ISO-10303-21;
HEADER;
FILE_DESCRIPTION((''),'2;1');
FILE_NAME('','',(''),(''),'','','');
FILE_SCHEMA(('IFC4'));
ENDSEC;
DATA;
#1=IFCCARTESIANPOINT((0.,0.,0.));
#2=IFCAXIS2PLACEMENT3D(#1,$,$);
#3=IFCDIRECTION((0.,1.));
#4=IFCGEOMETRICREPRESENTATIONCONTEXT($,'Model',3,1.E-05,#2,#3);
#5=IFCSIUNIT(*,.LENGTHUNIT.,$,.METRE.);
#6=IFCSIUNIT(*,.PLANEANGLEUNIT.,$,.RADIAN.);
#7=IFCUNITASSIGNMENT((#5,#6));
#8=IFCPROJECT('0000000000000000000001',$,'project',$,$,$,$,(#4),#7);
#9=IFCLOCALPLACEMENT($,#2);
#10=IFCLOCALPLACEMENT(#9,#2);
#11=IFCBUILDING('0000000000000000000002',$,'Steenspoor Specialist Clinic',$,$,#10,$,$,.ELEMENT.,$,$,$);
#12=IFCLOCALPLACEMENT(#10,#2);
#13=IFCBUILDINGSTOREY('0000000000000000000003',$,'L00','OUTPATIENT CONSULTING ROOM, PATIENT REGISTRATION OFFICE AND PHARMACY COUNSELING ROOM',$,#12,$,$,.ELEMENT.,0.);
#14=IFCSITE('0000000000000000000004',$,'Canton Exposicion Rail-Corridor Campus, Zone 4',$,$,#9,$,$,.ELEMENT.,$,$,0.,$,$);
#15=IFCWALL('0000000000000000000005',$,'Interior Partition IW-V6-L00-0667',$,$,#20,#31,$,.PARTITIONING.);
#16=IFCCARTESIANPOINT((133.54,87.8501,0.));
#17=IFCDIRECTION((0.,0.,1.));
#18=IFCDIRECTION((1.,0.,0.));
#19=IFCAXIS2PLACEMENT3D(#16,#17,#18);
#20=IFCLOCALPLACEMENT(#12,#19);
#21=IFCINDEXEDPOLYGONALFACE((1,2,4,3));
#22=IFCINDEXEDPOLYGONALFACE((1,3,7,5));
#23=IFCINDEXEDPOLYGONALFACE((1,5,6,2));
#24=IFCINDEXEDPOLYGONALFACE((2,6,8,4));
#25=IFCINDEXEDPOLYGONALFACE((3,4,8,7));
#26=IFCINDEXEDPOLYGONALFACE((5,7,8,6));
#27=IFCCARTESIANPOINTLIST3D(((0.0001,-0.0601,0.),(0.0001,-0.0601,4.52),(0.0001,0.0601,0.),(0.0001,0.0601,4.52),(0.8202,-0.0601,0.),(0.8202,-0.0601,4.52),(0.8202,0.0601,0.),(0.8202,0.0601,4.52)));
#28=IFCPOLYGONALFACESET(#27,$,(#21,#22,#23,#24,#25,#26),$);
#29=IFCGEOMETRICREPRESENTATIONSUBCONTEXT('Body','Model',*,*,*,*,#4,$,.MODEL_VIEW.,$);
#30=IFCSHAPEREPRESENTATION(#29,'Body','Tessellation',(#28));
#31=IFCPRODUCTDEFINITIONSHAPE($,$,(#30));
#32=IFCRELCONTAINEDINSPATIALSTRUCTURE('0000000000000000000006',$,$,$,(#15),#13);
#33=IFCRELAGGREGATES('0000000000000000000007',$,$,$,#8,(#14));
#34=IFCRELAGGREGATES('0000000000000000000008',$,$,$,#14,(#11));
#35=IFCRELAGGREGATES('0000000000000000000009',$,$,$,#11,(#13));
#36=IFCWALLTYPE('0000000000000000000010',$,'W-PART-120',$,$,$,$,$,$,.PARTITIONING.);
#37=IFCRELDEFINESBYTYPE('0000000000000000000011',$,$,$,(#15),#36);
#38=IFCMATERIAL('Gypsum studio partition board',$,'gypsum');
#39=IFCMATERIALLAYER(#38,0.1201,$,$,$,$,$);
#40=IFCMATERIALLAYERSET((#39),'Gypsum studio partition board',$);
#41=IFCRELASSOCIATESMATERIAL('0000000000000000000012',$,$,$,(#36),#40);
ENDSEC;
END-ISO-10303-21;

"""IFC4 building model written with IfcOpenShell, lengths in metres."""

from ifc_helpers import new_model, si_unit, direction, frame, frame_2d, origin, place, context, subcontext, project, spatial, rectangle, extrude, material, layer, layer_set, type_object, element, save


model = new_model("IFC4")

# Units and contexts
model_context = context("Model", 3, precision=1e-05, world=origin(), true_north=direction((0.0, 1.0)))
body_context = subcontext(model_context, "Body", "Model", "MODEL_VIEW")
ifc_project = project(units=[si_unit("LENGTHUNIT", "METRE"), si_unit("PLANEANGLEUNIT", "RADIAN")], contexts=[model_context])

# Site, building, storey
site_placement = place(None, origin())
site = spatial("IfcSite", under=ifc_project, at=site_placement, Name="Canton Exposicion Rail-Corridor Campus, Zone 4", CompositionType="ELEMENT", RefElevation=0.0)
building_placement = place(site_placement, origin())
building = spatial("IfcBuilding", under=site, at=building_placement, Name="Steenspoor Specialist Clinic", CompositionType="ELEMENT")
storey_placement = place(building_placement, origin())
storey = spatial("IfcBuildingStorey", under=building, at=storey_placement, Name="L00", Description="OUTPATIENT CONSULTING ROOM, PATIENT REGISTRATION OFFICE AND PHARMACY COUNSELING ROOM", CompositionType="ELEMENT", Elevation=0.0)

# Wall
ifc_material_1 = material(Name="Gypsum studio partition board", Category="gypsum")
ifc_layer_1 = layer(ifc_material_1, 0.1201)
ifc_layer_set_1 = layer_set([ifc_layer_1], Name="Gypsum studio partition board")
wall_type_1 = type_object("IfcWallType", Name="W-PART-120", PredefinedType="PARTITIONING", material=ifc_layer_set_1)
wall_1_placement = place(storey_placement, frame((133.54, 87.8501, 0.0), z_axis=(0.0, 0.0, 1.0), x_axis=(1.0, 0.0, 0.0)))
element("IfcWall", 1, at=wall_1_placement, inside=storey, type_object=wall_type_1, Name="Interior Partition IW-V6-L00-0667", PredefinedType="PARTITIONING", context=body_context, shape_type="SweptSolid", body=[
    extrude(rectangle(XDim=0.8201, YDim=0.1201, at=frame_2d((0.4102, 0.0))), origin(), (0.0, 0.0, 1.0), 4.52),
])

save(model, "model.ifc")
